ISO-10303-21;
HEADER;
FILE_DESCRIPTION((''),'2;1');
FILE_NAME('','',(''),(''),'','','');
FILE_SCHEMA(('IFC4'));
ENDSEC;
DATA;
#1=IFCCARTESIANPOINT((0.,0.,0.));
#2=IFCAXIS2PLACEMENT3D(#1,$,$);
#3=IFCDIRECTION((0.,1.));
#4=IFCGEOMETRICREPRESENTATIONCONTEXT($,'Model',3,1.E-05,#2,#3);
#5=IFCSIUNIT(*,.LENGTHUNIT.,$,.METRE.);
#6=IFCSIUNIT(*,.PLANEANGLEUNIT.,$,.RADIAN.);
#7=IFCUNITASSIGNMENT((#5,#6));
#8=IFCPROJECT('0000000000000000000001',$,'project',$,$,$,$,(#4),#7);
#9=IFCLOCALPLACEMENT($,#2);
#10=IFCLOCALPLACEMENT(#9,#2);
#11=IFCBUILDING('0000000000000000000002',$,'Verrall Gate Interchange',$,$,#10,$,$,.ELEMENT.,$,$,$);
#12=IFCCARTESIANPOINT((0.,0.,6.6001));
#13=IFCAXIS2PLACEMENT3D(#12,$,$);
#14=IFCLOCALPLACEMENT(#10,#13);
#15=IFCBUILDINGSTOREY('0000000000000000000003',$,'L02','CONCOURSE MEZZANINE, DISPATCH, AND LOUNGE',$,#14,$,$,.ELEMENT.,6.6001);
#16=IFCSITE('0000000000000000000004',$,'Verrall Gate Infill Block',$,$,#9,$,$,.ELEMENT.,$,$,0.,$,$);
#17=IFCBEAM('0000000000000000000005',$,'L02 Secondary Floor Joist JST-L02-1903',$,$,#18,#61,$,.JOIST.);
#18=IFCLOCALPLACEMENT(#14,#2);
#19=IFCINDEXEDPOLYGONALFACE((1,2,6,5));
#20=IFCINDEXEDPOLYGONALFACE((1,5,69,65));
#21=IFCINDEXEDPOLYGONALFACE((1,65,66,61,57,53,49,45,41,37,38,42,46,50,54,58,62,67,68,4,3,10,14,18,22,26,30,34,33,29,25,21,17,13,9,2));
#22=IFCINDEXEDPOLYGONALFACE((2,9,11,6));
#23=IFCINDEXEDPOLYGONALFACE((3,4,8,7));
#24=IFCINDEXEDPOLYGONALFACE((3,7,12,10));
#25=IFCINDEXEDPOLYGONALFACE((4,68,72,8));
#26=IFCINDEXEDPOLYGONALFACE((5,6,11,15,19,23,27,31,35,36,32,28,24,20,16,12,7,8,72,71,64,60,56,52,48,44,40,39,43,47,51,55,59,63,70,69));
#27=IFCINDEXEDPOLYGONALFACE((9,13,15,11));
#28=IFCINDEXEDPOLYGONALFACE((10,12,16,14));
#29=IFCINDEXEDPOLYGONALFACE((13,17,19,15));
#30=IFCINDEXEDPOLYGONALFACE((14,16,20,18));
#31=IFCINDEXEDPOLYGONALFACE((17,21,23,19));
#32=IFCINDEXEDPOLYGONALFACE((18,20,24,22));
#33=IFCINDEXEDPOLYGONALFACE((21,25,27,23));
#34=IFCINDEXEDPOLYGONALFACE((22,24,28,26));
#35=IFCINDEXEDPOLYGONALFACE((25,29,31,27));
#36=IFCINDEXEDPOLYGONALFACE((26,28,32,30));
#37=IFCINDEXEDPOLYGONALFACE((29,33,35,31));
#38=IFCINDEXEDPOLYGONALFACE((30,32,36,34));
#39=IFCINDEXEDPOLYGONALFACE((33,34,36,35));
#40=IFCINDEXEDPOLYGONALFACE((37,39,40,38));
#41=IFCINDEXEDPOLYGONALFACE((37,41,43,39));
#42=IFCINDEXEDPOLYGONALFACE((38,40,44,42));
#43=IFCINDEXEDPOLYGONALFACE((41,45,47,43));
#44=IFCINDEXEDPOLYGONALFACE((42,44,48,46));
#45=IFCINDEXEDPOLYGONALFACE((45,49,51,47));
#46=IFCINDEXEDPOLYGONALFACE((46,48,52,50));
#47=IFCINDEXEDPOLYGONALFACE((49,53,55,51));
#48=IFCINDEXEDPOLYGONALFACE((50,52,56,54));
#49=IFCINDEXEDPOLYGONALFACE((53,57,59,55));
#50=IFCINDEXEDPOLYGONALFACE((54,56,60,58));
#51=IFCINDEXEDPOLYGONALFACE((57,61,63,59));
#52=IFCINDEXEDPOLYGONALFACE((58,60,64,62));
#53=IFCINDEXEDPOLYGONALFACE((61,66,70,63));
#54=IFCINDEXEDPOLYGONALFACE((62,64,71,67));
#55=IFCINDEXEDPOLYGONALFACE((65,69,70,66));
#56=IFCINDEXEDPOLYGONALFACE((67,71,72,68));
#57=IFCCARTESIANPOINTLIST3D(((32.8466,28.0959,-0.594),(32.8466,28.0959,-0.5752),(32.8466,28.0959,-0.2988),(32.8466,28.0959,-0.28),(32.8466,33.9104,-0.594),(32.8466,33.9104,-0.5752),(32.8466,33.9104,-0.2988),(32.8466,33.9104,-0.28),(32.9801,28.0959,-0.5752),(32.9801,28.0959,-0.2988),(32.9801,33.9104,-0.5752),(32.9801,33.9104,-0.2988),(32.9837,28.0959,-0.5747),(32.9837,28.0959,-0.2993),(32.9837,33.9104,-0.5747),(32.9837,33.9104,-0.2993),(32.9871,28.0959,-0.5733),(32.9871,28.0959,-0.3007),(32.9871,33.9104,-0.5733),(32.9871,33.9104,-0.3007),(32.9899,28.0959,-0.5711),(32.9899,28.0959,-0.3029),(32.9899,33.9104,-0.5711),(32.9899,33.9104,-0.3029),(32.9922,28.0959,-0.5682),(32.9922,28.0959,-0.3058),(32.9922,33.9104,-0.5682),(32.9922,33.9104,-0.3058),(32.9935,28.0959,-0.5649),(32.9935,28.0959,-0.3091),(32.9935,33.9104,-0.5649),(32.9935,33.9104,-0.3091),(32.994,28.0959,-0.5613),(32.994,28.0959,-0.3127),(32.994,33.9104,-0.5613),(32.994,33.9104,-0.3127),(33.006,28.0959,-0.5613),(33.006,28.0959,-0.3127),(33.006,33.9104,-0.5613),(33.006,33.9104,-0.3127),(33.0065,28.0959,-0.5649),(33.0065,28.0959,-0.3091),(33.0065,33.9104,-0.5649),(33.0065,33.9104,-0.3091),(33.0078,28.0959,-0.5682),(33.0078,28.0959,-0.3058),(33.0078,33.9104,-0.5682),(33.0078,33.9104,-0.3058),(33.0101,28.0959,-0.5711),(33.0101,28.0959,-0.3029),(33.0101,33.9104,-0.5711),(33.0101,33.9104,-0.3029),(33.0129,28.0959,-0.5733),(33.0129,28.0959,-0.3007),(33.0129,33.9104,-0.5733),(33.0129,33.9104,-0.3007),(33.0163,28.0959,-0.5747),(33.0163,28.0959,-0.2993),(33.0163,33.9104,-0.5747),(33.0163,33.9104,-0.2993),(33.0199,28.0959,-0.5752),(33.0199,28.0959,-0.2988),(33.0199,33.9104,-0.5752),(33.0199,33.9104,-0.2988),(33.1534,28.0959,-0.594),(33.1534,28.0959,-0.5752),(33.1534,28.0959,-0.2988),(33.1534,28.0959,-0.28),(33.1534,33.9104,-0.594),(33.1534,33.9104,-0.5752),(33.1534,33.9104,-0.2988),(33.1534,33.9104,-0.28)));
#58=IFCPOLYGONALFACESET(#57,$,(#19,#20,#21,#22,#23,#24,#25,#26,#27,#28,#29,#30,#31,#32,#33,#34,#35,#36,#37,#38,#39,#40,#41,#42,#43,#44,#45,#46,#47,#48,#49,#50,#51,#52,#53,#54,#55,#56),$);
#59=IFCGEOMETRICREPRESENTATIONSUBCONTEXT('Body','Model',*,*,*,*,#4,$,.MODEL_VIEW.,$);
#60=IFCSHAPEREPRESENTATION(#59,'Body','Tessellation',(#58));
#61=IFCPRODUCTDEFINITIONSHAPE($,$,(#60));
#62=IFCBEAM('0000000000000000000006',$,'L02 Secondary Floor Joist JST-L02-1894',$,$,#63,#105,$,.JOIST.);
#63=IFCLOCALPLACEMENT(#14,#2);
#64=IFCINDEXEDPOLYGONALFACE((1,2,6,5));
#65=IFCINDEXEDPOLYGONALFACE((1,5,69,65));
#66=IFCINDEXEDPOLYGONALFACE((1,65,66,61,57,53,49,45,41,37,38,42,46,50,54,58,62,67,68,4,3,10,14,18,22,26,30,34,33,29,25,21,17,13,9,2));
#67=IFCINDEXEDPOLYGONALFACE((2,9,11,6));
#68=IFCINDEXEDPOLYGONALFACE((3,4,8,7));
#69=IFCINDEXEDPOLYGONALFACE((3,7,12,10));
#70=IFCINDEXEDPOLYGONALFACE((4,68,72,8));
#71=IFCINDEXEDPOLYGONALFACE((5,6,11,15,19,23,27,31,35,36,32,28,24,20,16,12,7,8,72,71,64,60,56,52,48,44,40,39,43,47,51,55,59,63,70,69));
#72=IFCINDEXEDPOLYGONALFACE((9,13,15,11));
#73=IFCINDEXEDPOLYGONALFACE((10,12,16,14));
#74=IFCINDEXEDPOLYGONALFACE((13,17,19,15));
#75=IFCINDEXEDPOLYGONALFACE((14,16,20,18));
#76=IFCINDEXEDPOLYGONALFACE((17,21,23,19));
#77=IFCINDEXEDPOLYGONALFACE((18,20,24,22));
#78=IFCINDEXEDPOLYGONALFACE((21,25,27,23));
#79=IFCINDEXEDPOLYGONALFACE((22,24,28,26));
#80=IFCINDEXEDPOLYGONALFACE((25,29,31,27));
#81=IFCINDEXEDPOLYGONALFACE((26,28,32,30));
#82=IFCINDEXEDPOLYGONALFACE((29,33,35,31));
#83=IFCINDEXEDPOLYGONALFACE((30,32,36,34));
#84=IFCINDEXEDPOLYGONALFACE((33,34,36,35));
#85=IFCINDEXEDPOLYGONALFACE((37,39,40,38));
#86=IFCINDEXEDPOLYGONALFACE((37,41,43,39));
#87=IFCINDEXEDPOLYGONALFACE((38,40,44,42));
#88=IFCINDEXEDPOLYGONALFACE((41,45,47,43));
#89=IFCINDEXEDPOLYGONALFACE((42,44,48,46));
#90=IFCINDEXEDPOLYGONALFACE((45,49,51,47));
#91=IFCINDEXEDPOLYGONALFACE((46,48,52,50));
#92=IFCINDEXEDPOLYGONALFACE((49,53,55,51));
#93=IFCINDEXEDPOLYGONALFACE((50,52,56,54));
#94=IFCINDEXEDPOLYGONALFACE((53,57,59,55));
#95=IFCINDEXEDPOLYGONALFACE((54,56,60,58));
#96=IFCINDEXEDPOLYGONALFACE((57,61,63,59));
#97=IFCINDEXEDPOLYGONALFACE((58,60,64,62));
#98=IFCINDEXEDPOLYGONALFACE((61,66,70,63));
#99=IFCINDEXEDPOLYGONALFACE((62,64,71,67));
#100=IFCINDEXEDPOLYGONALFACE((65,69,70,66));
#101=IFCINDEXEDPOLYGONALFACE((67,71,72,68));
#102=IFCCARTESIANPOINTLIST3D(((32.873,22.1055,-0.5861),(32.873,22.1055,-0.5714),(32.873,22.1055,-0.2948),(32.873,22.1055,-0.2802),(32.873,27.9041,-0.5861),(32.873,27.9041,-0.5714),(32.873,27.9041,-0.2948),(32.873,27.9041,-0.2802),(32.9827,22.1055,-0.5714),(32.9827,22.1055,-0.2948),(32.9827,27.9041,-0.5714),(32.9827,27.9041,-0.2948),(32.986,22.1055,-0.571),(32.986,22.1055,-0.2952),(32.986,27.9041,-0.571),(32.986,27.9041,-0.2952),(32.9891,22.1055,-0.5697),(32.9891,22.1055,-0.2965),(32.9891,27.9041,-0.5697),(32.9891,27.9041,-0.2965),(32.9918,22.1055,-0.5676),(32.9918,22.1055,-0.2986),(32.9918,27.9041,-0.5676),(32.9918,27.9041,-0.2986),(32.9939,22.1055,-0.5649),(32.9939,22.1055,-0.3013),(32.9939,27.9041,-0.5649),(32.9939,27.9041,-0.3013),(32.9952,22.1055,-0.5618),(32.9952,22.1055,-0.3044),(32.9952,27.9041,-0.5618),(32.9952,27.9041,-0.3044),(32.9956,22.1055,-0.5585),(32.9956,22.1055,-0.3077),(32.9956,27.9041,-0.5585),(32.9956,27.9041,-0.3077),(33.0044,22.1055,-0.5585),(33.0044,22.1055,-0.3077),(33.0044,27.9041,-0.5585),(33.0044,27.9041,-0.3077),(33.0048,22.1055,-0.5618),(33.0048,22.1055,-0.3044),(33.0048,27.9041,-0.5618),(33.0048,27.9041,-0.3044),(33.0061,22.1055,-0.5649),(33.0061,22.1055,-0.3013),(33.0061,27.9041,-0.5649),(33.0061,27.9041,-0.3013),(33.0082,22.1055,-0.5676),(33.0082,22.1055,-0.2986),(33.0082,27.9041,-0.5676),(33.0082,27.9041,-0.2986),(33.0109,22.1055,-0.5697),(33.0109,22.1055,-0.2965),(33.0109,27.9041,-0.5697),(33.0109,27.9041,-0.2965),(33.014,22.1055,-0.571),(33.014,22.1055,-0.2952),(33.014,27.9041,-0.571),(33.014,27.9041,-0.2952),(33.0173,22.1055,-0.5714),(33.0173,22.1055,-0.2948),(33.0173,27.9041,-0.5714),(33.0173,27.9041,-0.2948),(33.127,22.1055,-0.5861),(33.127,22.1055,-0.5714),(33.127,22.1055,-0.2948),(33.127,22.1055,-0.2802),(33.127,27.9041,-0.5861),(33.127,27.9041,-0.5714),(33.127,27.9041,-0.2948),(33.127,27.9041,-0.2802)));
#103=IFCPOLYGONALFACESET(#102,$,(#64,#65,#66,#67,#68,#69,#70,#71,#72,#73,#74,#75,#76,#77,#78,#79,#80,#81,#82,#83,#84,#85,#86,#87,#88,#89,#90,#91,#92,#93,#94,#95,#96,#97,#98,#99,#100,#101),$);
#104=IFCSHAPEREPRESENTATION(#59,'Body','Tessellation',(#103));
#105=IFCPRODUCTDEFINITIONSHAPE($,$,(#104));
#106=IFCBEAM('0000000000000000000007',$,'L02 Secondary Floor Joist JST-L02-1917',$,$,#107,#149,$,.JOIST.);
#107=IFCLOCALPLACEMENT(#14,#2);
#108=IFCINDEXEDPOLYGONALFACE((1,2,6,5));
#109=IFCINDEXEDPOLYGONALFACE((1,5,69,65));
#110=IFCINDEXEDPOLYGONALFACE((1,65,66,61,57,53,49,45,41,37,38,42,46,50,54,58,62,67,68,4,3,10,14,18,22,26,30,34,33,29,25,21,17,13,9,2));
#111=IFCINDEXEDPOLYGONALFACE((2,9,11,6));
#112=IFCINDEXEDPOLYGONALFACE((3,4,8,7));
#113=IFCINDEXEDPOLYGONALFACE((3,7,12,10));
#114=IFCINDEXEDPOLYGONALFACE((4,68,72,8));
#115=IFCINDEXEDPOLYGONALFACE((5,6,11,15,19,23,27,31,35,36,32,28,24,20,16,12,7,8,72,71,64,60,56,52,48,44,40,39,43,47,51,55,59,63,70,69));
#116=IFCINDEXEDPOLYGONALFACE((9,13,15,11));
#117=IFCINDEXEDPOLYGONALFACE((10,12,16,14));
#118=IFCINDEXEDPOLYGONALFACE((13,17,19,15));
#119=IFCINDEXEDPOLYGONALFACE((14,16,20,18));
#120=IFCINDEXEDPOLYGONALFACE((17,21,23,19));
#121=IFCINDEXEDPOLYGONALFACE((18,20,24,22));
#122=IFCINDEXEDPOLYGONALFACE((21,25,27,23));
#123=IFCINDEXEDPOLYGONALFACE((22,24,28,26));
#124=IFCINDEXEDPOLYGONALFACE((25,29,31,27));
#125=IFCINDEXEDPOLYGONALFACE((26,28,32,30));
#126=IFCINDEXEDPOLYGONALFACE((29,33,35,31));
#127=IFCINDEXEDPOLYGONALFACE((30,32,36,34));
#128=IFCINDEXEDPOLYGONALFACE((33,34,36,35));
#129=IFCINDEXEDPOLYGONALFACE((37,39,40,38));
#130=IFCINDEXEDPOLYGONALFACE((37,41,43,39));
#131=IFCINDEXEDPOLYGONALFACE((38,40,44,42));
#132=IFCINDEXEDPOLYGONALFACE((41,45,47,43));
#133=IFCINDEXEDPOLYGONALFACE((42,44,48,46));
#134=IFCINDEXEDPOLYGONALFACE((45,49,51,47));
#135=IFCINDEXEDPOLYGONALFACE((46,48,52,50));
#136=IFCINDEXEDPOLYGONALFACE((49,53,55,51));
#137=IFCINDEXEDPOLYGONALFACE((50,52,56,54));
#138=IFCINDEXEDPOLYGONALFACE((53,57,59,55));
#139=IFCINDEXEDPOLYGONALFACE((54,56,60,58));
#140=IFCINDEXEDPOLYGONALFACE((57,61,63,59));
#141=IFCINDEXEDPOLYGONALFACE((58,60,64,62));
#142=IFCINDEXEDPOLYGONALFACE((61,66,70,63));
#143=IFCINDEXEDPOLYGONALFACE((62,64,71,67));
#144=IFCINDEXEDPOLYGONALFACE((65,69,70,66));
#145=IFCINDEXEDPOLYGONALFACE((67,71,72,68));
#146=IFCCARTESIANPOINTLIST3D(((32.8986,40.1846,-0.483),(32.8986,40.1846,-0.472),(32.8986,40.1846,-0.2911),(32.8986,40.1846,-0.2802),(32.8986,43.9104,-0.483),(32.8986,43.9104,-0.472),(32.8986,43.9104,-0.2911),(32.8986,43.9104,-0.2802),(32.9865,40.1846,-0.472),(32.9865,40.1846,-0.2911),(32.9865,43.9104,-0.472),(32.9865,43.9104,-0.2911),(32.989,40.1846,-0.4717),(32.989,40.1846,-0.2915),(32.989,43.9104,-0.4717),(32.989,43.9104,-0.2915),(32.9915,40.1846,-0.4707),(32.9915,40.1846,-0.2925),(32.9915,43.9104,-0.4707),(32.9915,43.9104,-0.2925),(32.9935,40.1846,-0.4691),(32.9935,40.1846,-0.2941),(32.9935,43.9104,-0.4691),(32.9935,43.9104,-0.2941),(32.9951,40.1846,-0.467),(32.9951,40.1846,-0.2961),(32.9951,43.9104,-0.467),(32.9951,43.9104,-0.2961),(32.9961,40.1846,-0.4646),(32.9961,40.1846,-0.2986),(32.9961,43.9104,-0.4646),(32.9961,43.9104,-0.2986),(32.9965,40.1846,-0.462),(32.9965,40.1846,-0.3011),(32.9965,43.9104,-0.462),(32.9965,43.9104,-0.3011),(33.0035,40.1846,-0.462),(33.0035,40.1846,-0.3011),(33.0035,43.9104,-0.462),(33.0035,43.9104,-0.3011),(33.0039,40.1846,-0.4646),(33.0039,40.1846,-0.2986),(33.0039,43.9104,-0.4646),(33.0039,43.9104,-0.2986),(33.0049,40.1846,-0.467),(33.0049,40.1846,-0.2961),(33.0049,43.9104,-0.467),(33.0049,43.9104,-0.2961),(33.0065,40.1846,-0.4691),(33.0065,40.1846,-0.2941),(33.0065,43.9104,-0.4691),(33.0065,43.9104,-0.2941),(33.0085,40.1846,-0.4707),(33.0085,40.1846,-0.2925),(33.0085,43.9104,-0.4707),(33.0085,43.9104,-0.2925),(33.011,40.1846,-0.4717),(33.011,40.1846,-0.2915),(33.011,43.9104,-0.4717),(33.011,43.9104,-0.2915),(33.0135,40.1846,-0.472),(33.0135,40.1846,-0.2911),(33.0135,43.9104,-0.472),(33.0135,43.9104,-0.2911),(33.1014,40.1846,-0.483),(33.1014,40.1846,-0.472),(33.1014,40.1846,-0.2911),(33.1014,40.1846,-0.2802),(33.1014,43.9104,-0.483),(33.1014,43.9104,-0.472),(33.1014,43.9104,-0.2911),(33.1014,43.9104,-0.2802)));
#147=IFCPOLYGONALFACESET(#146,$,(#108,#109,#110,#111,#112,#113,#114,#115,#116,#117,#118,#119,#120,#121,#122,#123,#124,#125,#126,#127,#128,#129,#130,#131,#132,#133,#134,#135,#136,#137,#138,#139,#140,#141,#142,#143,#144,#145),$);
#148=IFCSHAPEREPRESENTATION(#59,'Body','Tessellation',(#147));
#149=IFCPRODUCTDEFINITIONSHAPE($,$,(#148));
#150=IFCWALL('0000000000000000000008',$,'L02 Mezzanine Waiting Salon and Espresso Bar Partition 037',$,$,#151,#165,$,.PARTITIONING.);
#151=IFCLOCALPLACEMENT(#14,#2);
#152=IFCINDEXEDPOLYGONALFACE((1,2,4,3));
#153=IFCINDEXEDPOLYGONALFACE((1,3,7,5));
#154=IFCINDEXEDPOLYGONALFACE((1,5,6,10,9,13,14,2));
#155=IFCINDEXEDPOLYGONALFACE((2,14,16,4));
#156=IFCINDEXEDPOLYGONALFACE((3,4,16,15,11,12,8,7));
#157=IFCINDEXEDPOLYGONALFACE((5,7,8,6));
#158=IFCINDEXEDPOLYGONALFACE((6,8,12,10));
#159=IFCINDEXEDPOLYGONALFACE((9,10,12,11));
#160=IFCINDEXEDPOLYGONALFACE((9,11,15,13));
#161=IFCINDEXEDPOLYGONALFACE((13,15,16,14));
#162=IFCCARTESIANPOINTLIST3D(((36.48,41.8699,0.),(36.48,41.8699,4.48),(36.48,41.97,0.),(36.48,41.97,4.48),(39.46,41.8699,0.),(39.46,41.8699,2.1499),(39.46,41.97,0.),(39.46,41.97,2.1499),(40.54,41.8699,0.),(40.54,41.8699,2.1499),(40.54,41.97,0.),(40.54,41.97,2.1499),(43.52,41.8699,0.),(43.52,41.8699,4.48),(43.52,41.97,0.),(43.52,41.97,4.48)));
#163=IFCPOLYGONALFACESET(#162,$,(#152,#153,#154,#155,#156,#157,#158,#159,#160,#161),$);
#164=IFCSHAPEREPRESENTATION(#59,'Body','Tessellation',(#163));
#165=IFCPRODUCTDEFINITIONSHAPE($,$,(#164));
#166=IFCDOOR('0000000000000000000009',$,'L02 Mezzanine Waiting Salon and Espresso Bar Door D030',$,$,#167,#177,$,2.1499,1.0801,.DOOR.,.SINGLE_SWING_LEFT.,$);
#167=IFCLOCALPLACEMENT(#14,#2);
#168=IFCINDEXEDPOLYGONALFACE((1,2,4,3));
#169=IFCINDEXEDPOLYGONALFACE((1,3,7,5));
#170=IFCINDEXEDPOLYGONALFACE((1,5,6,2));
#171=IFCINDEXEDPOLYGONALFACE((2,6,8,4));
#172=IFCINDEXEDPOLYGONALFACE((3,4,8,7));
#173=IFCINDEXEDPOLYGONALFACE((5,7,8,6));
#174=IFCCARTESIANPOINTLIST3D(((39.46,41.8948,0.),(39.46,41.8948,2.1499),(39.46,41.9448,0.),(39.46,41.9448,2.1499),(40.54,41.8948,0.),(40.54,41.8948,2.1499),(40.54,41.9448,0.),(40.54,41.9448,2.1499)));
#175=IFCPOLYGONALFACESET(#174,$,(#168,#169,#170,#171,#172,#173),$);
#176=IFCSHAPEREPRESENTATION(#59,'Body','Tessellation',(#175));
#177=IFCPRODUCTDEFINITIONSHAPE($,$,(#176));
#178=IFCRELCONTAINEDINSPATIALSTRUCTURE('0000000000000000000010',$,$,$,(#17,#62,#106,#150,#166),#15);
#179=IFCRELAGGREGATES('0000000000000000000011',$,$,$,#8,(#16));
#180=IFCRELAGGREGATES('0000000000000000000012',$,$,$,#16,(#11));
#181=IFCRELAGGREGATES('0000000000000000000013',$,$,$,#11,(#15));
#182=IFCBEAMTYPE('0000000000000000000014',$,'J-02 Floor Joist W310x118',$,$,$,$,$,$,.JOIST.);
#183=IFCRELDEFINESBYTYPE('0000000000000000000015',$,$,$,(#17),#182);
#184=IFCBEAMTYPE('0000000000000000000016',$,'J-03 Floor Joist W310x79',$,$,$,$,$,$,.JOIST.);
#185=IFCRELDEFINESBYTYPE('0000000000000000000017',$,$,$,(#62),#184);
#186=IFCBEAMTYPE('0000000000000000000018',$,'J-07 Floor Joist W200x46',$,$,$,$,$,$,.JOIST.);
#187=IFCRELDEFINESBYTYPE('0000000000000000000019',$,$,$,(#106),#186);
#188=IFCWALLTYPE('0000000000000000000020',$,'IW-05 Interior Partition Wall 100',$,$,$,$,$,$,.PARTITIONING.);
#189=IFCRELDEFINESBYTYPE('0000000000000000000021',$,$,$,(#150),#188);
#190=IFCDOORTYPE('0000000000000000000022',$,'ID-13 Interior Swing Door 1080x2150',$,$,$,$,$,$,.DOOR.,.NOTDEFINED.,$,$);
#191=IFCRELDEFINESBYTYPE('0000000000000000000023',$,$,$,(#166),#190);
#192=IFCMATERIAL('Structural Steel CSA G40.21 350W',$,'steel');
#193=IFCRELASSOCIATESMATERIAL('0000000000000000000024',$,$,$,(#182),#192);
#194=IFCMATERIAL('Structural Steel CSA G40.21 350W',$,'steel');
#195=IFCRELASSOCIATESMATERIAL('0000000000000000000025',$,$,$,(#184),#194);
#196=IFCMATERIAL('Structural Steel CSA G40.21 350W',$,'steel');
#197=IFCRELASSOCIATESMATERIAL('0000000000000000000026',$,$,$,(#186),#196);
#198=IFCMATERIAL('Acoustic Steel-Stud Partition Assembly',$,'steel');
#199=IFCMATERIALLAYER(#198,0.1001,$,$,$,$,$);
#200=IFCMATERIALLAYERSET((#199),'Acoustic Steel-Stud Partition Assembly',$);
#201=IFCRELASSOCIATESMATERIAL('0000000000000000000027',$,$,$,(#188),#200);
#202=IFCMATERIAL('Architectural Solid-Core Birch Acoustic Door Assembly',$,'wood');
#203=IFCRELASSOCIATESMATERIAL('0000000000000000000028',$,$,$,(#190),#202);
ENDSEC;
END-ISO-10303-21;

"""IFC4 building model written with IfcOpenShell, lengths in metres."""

from ifc_helpers import new_model, si_unit, direction, frame, frame_2d, origin, origin_2d, place, context, subcontext, project, spatial, rectangle, i_section, extrude, material, layer, layer_set, material_profile, profile_set, type_object, element, fill, save


model = new_model("IFC4")

# Units and contexts
model_context = context("Model", 3, precision=1e-05, world=origin(), true_north=direction((0.0, 1.0)))
body_context = subcontext(model_context, "Body", "Model", "MODEL_VIEW")
ifc_project = project(units=[si_unit("LENGTHUNIT", "METRE"), si_unit("PLANEANGLEUNIT", "RADIAN")], contexts=[model_context])

# Site, building, storey
site_placement = place(None, origin())
site = spatial("IfcSite", under=ifc_project, at=site_placement, Name="Verrall Gate Infill Block", CompositionType="ELEMENT", RefElevation=0.0)
building_placement = place(site_placement, origin())
building = spatial("IfcBuilding", under=site, at=building_placement, Name="Verrall Gate Interchange", CompositionType="ELEMENT")
storey_placement = place(building_placement, frame((0.0, 0.0, 6.6001)))
storey = spatial("IfcBuildingStorey", under=building, at=storey_placement, Name="L02", Description="CONCOURSE MEZZANINE, DISPATCH, AND LOUNGE", CompositionType="ELEMENT", Elevation=6.6001)

# Beams
ifc_material_1 = material(Name="Structural Steel CSA G40.21 350W", Category="steel")
ifc_material_profile_1 = material_profile(ifc_material_1, i_section(OverallWidth=0.3069, OverallDepth=0.314, WebThickness=0.012, FlangeThickness=0.0188, FilletRadius=0.0139, at=origin_2d()), Name="W310x118")
ifc_profile_set_1 = profile_set([ifc_material_profile_1], Name="Structural Steel CSA G40.21 350W")
beam_type_1 = type_object("IfcBeamType", Name="J-02 Floor Joist W310x118", PredefinedType="JOIST", material=ifc_profile_set_1)
beam_1_placement = place(storey_placement, frame((33.0, 28.0959, -0.437), z_axis=(0.0, 1.0, 0.0), x_axis=(-1.0, 0.0, 0.0)))
element("IfcBeam", 1, at=beam_1_placement, inside=storey, type_object=beam_type_1, Name="L02 Secondary Floor Joist JST-L02-1903", PredefinedType="JOIST", context=body_context, shape_type="SweptSolid", body=[
    extrude(i_section(OverallWidth=0.3069, OverallDepth=0.314, WebThickness=0.012, FlangeThickness=0.0188, FilletRadius=0.0139, at=origin_2d()), origin(), (0.0, 0.0, 1.0), 5.8145),
])
ifc_material_2 = material(Name="Structural Steel CSA G40.21 350W", Category="steel")
ifc_material_profile_2 = material_profile(ifc_material_2, i_section(OverallWidth=0.2539, OverallDepth=0.3059, WebThickness=0.0088, FlangeThickness=0.0146, FilletRadius=0.0129, at=origin_2d()), Name="W310x79")
ifc_profile_set_2 = profile_set([ifc_material_profile_2], Name="Structural Steel CSA G40.21 350W")
beam_type_2 = type_object("IfcBeamType", Name="J-03 Floor Joist W310x79", PredefinedType="JOIST", material=ifc_profile_set_2)
beam_2_placement = place(storey_placement, frame((33.0, 22.1055, -0.4331), z_axis=(0.0, 1.0, 0.0), x_axis=(-1.0, 0.0, 0.0)))
element("IfcBeam", 2, at=beam_2_placement, inside=storey, type_object=beam_type_2, Name="L02 Secondary Floor Joist JST-L02-1894", PredefinedType="JOIST", context=body_context, shape_type="SweptSolid", body=[
    extrude(i_section(OverallWidth=0.2539, OverallDepth=0.3059, WebThickness=0.0088, FlangeThickness=0.0146, FilletRadius=0.0129, at=origin_2d()), origin(), (0.0, 0.0, 1.0), 5.7986),
])
ifc_material_3 = material(Name="Structural Steel CSA G40.21 350W", Category="steel")
ifc_material_profile_3 = material_profile(ifc_material_3, i_section(OverallWidth=0.2029, OverallDepth=0.2029, WebThickness=0.0071, FlangeThickness=0.011, FilletRadius=0.01, at=origin_2d()), Name="W200x46")
ifc_profile_set_3 = profile_set([ifc_material_profile_3], Name="Structural Steel CSA G40.21 350W")
beam_type_3 = type_object("IfcBeamType", Name="J-07 Floor Joist W200x46", PredefinedType="JOIST", material=ifc_profile_set_3)
beam_3_placement = place(storey_placement, frame((33.0, 40.1846, -0.3816), z_axis=(0.0, 1.0, 0.0), x_axis=(-1.0, 0.0, 0.0)))
element("IfcBeam", 3, at=beam_3_placement, inside=storey, type_object=beam_type_3, Name="L02 Secondary Floor Joist JST-L02-1917", PredefinedType="JOIST", context=body_context, shape_type="SweptSolid", body=[
    extrude(i_section(OverallWidth=0.2029, OverallDepth=0.2029, WebThickness=0.0071, FlangeThickness=0.011, FilletRadius=0.01, at=origin_2d()), origin(), (0.0, 0.0, 1.0), 3.7258),
])

# Wall, opening, door
ifc_material_4 = material(Name="Acoustic Steel-Stud Partition Assembly", Category="steel")
ifc_layer_1 = layer(ifc_material_4, 0.1001)
ifc_layer_set_1 = layer_set([ifc_layer_1], Name="Acoustic Steel-Stud Partition Assembly")
wall_type_1 = type_object("IfcWallType", Name="IW-05 Interior Partition Wall 100", PredefinedType="PARTITIONING", material=ifc_layer_set_1)
wall_1_placement = place(storey_placement, frame((36.48, 41.9199, 0.0), z_axis=(0.0, 0.0, 1.0), x_axis=(1.0, 0.0, 0.0)))
wall_1 = element("IfcWall", 4, at=wall_1_placement, inside=storey, type_object=wall_type_1, Name="L02 Mezzanine Waiting Salon and Espresso Bar Partition 037", PredefinedType="PARTITIONING", context=body_context, shape_type="SweptSolid", body=[
    extrude(rectangle(XDim=7.04, YDim=0.1001, at=frame_2d((3.52, 0.0))), origin(), (0.0, 0.0, 1.0), 4.48),
])
opening_placement = place(wall_1_placement, frame((2.98, 0.0, 0.0)))
opening = element("IfcOpeningElement", 5, at=opening_placement, cuts=wall_1, PredefinedType="OPENING", context=body_context, shape_type="SweptSolid", body=[
    extrude(rectangle(XDim=1.0801, YDim=2.1499, at=frame_2d((0.54, 1.075))), frame((0.0, 0.0649, 0.0), z_axis=(0.0, -1.0, 0.0), x_axis=(1.0, 0.0, 0.0)), (0.0, 0.0, 1.0), 0.1299),
])
ifc_material_5 = material(Name="Architectural Solid-Core Birch Acoustic Door Assembly", Category="wood")
door_type = type_object("IfcDoorType", Name="ID-13 Interior Swing Door 1080x2150", OperationType="NOTDEFINED", PredefinedType="DOOR", material=ifc_material_5)
door_placement = place(opening_placement, origin())
door = element("IfcDoor", 6, at=door_placement, inside=storey, type_object=door_type, Name="L02 Mezzanine Waiting Salon and Espresso Bar Door D030", OperationType="SINGLE_SWING_LEFT", OverallHeight=2.1499, OverallWidth=1.0801, PredefinedType="DOOR", context=body_context, shape_type="SweptSolid", body=[
    extrude(rectangle(XDim=1.0801, YDim=2.1499, at=frame_2d((0.54, 1.075))), frame((0.0, 0.0249, 0.0), z_axis=(0.0, -1.0, 0.0), x_axis=(1.0, 0.0, 0.0)), (0.0, 0.0, 1.0), 0.05),
])
fill(opening, door)

save(model, "model.ifc")
